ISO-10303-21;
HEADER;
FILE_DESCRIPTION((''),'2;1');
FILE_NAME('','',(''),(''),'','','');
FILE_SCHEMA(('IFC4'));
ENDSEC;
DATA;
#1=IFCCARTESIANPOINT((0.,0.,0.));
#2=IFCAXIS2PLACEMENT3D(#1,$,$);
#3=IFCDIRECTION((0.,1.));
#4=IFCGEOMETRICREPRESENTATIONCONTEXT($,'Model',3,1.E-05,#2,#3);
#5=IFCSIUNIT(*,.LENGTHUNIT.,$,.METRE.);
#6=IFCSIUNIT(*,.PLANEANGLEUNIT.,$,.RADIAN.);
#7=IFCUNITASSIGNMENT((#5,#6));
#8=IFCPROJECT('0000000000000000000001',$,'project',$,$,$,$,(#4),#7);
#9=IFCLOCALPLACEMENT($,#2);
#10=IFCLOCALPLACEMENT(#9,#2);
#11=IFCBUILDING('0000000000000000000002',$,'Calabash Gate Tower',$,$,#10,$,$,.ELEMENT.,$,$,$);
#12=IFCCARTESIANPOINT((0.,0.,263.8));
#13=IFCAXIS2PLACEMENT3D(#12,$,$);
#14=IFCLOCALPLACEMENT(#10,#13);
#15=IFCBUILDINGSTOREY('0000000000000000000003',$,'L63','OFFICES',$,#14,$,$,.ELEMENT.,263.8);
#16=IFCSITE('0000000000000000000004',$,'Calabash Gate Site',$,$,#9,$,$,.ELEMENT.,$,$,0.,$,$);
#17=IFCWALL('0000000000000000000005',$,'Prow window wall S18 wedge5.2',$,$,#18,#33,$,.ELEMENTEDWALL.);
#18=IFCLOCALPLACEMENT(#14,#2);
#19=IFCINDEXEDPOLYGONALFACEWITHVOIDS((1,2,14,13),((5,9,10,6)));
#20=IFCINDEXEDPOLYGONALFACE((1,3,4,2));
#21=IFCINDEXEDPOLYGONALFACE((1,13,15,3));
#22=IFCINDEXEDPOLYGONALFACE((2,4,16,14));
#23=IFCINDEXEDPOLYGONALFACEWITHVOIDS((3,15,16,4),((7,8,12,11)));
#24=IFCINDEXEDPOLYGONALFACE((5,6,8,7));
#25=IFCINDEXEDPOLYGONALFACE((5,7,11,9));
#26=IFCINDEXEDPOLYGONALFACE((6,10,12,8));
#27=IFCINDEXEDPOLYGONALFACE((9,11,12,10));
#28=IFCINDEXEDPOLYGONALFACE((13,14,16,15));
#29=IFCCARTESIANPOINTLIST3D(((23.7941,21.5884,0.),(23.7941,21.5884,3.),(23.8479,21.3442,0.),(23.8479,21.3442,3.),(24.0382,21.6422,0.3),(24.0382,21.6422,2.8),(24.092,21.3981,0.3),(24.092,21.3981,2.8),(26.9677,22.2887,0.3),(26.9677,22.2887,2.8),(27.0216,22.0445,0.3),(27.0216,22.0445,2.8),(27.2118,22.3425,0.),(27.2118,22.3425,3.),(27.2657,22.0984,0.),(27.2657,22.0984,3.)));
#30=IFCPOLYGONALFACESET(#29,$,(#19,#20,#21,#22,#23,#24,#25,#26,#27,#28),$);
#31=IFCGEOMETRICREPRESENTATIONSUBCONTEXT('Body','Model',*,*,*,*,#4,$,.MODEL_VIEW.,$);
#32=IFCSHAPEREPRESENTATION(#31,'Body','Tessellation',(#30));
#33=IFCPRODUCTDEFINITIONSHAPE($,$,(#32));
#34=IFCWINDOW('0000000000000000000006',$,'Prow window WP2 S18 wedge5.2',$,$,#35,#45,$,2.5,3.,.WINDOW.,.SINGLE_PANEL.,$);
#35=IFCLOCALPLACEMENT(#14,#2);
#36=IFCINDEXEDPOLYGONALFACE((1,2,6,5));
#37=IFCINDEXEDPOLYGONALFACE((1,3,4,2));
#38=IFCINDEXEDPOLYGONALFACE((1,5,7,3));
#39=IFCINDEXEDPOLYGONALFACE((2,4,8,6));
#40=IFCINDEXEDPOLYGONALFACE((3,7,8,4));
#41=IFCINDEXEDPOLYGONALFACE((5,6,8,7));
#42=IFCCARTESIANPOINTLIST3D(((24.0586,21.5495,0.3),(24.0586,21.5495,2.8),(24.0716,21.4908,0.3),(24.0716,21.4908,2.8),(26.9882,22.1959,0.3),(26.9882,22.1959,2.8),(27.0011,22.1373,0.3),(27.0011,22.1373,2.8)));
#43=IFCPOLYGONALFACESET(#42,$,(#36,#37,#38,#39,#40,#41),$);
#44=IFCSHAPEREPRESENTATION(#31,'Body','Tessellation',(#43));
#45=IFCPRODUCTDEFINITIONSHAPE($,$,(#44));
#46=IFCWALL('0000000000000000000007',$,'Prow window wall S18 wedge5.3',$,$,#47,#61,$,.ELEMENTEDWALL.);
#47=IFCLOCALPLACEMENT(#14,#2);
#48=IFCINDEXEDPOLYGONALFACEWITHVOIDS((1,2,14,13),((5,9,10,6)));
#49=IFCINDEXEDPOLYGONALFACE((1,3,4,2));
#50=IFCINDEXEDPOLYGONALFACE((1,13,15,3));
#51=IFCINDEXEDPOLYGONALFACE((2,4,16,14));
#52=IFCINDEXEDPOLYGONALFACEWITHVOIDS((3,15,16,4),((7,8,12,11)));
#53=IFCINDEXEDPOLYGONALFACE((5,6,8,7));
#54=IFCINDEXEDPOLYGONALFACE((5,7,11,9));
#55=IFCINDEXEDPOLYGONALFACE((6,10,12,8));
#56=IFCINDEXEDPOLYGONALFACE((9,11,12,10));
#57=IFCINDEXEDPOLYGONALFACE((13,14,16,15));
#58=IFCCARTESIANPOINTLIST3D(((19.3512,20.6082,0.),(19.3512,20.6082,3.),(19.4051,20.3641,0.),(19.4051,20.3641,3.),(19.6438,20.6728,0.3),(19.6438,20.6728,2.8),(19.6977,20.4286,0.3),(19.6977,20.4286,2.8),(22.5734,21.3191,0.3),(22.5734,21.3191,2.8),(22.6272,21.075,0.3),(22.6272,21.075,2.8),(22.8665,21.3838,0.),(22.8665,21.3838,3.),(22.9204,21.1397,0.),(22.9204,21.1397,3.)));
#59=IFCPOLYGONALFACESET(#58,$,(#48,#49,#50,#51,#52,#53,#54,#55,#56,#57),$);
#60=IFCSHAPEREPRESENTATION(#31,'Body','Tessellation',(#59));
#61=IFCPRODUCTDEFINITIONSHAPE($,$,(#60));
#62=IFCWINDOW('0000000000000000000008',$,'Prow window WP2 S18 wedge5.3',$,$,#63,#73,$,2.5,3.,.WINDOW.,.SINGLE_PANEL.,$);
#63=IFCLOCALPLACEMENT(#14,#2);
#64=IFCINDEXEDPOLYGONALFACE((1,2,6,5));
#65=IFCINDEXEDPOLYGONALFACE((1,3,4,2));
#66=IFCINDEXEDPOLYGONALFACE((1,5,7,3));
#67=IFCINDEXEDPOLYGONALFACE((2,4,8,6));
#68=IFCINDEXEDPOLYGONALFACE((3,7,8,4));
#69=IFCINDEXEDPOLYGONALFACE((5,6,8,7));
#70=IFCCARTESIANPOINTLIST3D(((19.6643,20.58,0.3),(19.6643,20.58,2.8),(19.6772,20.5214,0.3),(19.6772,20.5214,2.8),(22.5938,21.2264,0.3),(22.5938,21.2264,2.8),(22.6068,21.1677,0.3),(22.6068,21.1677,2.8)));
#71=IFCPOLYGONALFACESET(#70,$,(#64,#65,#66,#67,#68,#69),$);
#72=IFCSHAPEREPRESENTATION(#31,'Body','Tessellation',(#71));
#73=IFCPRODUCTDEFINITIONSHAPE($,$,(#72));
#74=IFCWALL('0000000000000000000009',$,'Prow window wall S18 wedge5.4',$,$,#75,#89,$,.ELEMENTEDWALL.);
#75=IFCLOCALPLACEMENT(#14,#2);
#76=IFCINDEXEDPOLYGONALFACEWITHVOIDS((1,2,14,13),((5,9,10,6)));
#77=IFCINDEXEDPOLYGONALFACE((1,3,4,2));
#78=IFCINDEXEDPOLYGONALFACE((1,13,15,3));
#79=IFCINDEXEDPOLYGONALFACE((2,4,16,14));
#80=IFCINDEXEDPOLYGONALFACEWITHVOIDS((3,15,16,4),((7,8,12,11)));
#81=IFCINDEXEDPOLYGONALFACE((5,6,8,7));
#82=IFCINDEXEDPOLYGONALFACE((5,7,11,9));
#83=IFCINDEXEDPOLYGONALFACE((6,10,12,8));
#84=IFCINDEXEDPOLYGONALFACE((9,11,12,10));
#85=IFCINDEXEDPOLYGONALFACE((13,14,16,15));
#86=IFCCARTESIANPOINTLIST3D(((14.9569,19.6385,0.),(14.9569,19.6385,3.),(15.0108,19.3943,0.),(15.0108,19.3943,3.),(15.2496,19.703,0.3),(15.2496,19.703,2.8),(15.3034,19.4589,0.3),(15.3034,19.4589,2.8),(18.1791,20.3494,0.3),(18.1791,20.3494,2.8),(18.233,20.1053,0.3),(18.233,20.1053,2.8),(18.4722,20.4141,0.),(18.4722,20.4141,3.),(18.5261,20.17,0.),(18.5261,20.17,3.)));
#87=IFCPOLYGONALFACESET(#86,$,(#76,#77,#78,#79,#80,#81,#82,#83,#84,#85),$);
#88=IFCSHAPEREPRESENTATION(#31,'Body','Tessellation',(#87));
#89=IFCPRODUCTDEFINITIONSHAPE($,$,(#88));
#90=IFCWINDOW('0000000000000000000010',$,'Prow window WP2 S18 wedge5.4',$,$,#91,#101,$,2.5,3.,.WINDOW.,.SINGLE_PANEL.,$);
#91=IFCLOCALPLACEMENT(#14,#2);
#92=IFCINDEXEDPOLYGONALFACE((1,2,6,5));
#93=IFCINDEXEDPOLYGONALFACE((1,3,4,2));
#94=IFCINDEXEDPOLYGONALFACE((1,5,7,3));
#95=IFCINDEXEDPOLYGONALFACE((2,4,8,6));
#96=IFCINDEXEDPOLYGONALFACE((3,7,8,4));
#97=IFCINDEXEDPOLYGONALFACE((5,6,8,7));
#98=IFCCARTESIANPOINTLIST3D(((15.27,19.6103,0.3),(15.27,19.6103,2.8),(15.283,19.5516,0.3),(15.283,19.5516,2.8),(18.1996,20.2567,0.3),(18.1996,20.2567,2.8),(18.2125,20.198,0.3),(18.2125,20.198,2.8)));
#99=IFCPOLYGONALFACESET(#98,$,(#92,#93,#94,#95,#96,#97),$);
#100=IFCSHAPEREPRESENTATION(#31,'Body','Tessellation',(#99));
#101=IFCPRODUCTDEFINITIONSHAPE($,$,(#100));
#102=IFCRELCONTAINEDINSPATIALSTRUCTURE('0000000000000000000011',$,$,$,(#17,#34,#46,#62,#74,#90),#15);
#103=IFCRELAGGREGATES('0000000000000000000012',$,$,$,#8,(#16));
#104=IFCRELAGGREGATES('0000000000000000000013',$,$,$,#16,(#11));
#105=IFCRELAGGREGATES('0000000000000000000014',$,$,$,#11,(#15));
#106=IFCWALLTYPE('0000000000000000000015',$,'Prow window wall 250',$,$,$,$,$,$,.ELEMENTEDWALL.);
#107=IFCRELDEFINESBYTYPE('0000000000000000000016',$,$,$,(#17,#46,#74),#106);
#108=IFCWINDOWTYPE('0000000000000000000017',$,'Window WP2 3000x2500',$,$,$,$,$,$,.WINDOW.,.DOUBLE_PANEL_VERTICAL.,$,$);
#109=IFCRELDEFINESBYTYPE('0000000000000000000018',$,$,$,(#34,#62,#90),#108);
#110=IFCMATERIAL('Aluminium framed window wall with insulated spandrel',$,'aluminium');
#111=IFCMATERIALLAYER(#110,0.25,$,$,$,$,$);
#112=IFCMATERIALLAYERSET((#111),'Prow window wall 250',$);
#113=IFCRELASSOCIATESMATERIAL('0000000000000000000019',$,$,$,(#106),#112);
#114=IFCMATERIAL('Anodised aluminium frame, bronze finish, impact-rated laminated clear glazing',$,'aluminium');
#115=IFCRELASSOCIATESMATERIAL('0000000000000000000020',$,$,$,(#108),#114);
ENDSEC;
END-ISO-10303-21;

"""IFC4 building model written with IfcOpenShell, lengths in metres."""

from ifc_helpers import new_model, si_unit, direction, frame, frame_2d, origin, place, context, subcontext, project, spatial, rectangle, extrude, material, layer, layer_set, type_object, element, fill, save


model = new_model("IFC4")

# Units and contexts
model_context = context("Model", 3, precision=1e-05, world=origin(), true_north=direction((0.0, 1.0)))
body_context = subcontext(model_context, "Body", "Model", "MODEL_VIEW")
ifc_project = project(units=[si_unit("LENGTHUNIT", "METRE"), si_unit("PLANEANGLEUNIT", "RADIAN")], contexts=[model_context])

# Site, building, storey
site_placement = place(None, origin())
site = spatial("IfcSite", under=ifc_project, at=site_placement, Name="Calabash Gate Site", CompositionType="ELEMENT", RefElevation=0.0)
building_placement = place(site_placement, origin())
building = spatial("IfcBuilding", under=site, at=building_placement, Name="Calabash Gate Tower", CompositionType="ELEMENT")
storey_placement = place(building_placement, frame((0.0, 0.0, 263.8)))
storey = spatial("IfcBuildingStorey", under=building, at=storey_placement, Name="L63", Description="OFFICES", CompositionType="ELEMENT", Elevation=263.8)

# Walls, openings, windows
ifc_material_1 = material(Name="Aluminium framed window wall with insulated spandrel", Category="aluminium")
ifc_layer_1 = layer(ifc_material_1, 0.25)
ifc_layer_set_1 = layer_set([ifc_layer_1], Name="Prow window wall 250")
wall_type_1 = type_object("IfcWallType", Name="Prow window wall 250", PredefinedType="ELEMENTEDWALL", material=ifc_layer_set_1)
ifc_material_2 = material(Name="Anodised aluminium frame, bronze finish, impact-rated laminated clear glazing", Category="aluminium")
window_type = type_object("IfcWindowType", Name="Window WP2 3000x2500", PartitioningType="DOUBLE_PANEL_VERTICAL", PredefinedType="WINDOW", material=ifc_material_2)
wall_1_placement = place(storey_placement, frame((27.2388, 22.2205, 0.0), z_axis=(0.0, 0.0, 1.0), x_axis=(-0.976509, -0.215475, 0.0)))
wall_1 = element("IfcWall", 1, at=wall_1_placement, inside=storey, type_object=wall_type_1, Name="Prow window wall S18 wedge5.2", PredefinedType="ELEMENTEDWALL", context=body_context, shape_type="SweptSolid", body=[
    extrude(rectangle(XDim=3.5, YDim=0.25, at=frame_2d((1.75, 0.0))), origin(), (0.0, 0.0, 1.0), 3.0),
])
opening_1_placement = place(wall_1_placement, frame((0.25, 0.0, 0.3)))
opening_1 = element("IfcOpeningElement", 2, at=opening_1_placement, cuts=wall_1, PredefinedType="OPENING", context=body_context, shape_type="SweptSolid", body=[
    extrude(rectangle(XDim=3.0, YDim=2.5, at=frame_2d((1.5, 1.25))), frame((0.0, 0.135, 0.0), z_axis=(0.0, -1.0, 0.0), x_axis=(1.0, 0.0, 0.0)), (0.0, 0.0, 1.0), 0.27),
])
window_1_placement = place(opening_1_placement, origin())
window_1 = element("IfcWindow", 3, at=window_1_placement, inside=storey, type_object=window_type, Name="Prow window WP2 S18 wedge5.2", OverallHeight=2.5, OverallWidth=3.0, PartitioningType="SINGLE_PANEL", PredefinedType="WINDOW", context=body_context, shape_type="SweptSolid", body=[
    extrude(rectangle(XDim=3.0, YDim=2.5, at=frame_2d((1.5, 1.25))), frame((0.0, 0.03, 0.0), z_axis=(0.0, -1.0, 0.0), x_axis=(1.0, 0.0, 0.0)), (0.0, 0.0, 1.0), 0.0601),
])
fill(opening_1, window_1)
wall_2_placement = place(storey_placement, frame((22.8933, 21.2617, 0.0), z_axis=(0.0, 0.0, 1.0), x_axis=(-0.976513, -0.215458, 0.0)))
wall_2 = element("IfcWall", 4, at=wall_2_placement, inside=storey, type_object=wall_type_1, Name="Prow window wall S18 wedge5.3", PredefinedType="ELEMENTEDWALL", context=body_context, shape_type="SweptSolid", body=[
    extrude(rectangle(XDim=3.5999, YDim=0.25, at=frame_2d((1.7998, 0.0))), origin(), (0.0, 0.0, 1.0), 3.0),
])
opening_2_placement = place(wall_2_placement, frame((0.3, 0.0, 0.3)))
opening_2 = element("IfcOpeningElement", 5, at=opening_2_placement, cuts=wall_2, PredefinedType="OPENING", context=body_context, shape_type="SweptSolid", body=[
    extrude(rectangle(XDim=3.0, YDim=2.5, at=frame_2d((1.5, 1.25))), frame((0.0, 0.135, 0.0), z_axis=(0.0, -1.0, 0.0), x_axis=(1.0, 0.0, 0.0)), (0.0, 0.0, 1.0), 0.27),
])
window_2_placement = place(opening_2_placement, origin())
window_2 = element("IfcWindow", 6, at=window_2_placement, inside=storey, type_object=window_type, Name="Prow window WP2 S18 wedge5.3", OverallHeight=2.5, OverallWidth=3.0, PartitioningType="SINGLE_PANEL", PredefinedType="WINDOW", context=body_context, shape_type="SweptSolid", body=[
    extrude(rectangle(XDim=3.0, YDim=2.5, at=frame_2d((1.5, 1.25))), frame((0.0, 0.03, 0.0), z_axis=(0.0, -1.0, 0.0), x_axis=(1.0, 0.0, 0.0)), (0.0, 0.0, 1.0), 0.0601),
])
fill(opening_2, window_2)
wall_3_placement = place(storey_placement, frame((18.499, 20.292, 0.0), z_axis=(0.0, 0.0, 1.0), x_axis=(-0.976513, -0.215458, 0.0)))
wall_3 = element("IfcWall", 7, at=wall_3_placement, inside=storey, type_object=wall_type_1, Name="Prow window wall S18 wedge5.4", PredefinedType="ELEMENTEDWALL", context=body_context, shape_type="SweptSolid", body=[
    extrude(rectangle(XDim=3.5999, YDim=0.25, at=frame_2d((1.7998, 0.0))), origin(), (0.0, 0.0, 1.0), 3.0),
])
opening_3_placement = place(wall_3_placement, frame((0.3, 0.0, 0.3)))
opening_3 = element("IfcOpeningElement", 8, at=opening_3_placement, cuts=wall_3, PredefinedType="OPENING", context=body_context, shape_type="SweptSolid", body=[
    extrude(rectangle(XDim=3.0, YDim=2.5, at=frame_2d((1.5, 1.25))), frame((0.0, 0.135, 0.0), z_axis=(0.0, -1.0, 0.0), x_axis=(1.0, 0.0, 0.0)), (0.0, 0.0, 1.0), 0.27),
])
window_3_placement = place(opening_3_placement, origin())
window_3 = element("IfcWindow", 9, at=window_3_placement, inside=storey, type_object=window_type, Name="Prow window WP2 S18 wedge5.4", OverallHeight=2.5, OverallWidth=3.0, PartitioningType="SINGLE_PANEL", PredefinedType="WINDOW", context=body_context, shape_type="SweptSolid", body=[
    extrude(rectangle(XDim=3.0, YDim=2.5, at=frame_2d((1.5, 1.25))), frame((0.0, 0.03, 0.0), z_axis=(0.0, -1.0, 0.0), x_axis=(1.0, 0.0, 0.0)), (0.0, 0.0, 1.0), 0.0601),
])
fill(opening_3, window_3)

save(model, "model.ifc")
